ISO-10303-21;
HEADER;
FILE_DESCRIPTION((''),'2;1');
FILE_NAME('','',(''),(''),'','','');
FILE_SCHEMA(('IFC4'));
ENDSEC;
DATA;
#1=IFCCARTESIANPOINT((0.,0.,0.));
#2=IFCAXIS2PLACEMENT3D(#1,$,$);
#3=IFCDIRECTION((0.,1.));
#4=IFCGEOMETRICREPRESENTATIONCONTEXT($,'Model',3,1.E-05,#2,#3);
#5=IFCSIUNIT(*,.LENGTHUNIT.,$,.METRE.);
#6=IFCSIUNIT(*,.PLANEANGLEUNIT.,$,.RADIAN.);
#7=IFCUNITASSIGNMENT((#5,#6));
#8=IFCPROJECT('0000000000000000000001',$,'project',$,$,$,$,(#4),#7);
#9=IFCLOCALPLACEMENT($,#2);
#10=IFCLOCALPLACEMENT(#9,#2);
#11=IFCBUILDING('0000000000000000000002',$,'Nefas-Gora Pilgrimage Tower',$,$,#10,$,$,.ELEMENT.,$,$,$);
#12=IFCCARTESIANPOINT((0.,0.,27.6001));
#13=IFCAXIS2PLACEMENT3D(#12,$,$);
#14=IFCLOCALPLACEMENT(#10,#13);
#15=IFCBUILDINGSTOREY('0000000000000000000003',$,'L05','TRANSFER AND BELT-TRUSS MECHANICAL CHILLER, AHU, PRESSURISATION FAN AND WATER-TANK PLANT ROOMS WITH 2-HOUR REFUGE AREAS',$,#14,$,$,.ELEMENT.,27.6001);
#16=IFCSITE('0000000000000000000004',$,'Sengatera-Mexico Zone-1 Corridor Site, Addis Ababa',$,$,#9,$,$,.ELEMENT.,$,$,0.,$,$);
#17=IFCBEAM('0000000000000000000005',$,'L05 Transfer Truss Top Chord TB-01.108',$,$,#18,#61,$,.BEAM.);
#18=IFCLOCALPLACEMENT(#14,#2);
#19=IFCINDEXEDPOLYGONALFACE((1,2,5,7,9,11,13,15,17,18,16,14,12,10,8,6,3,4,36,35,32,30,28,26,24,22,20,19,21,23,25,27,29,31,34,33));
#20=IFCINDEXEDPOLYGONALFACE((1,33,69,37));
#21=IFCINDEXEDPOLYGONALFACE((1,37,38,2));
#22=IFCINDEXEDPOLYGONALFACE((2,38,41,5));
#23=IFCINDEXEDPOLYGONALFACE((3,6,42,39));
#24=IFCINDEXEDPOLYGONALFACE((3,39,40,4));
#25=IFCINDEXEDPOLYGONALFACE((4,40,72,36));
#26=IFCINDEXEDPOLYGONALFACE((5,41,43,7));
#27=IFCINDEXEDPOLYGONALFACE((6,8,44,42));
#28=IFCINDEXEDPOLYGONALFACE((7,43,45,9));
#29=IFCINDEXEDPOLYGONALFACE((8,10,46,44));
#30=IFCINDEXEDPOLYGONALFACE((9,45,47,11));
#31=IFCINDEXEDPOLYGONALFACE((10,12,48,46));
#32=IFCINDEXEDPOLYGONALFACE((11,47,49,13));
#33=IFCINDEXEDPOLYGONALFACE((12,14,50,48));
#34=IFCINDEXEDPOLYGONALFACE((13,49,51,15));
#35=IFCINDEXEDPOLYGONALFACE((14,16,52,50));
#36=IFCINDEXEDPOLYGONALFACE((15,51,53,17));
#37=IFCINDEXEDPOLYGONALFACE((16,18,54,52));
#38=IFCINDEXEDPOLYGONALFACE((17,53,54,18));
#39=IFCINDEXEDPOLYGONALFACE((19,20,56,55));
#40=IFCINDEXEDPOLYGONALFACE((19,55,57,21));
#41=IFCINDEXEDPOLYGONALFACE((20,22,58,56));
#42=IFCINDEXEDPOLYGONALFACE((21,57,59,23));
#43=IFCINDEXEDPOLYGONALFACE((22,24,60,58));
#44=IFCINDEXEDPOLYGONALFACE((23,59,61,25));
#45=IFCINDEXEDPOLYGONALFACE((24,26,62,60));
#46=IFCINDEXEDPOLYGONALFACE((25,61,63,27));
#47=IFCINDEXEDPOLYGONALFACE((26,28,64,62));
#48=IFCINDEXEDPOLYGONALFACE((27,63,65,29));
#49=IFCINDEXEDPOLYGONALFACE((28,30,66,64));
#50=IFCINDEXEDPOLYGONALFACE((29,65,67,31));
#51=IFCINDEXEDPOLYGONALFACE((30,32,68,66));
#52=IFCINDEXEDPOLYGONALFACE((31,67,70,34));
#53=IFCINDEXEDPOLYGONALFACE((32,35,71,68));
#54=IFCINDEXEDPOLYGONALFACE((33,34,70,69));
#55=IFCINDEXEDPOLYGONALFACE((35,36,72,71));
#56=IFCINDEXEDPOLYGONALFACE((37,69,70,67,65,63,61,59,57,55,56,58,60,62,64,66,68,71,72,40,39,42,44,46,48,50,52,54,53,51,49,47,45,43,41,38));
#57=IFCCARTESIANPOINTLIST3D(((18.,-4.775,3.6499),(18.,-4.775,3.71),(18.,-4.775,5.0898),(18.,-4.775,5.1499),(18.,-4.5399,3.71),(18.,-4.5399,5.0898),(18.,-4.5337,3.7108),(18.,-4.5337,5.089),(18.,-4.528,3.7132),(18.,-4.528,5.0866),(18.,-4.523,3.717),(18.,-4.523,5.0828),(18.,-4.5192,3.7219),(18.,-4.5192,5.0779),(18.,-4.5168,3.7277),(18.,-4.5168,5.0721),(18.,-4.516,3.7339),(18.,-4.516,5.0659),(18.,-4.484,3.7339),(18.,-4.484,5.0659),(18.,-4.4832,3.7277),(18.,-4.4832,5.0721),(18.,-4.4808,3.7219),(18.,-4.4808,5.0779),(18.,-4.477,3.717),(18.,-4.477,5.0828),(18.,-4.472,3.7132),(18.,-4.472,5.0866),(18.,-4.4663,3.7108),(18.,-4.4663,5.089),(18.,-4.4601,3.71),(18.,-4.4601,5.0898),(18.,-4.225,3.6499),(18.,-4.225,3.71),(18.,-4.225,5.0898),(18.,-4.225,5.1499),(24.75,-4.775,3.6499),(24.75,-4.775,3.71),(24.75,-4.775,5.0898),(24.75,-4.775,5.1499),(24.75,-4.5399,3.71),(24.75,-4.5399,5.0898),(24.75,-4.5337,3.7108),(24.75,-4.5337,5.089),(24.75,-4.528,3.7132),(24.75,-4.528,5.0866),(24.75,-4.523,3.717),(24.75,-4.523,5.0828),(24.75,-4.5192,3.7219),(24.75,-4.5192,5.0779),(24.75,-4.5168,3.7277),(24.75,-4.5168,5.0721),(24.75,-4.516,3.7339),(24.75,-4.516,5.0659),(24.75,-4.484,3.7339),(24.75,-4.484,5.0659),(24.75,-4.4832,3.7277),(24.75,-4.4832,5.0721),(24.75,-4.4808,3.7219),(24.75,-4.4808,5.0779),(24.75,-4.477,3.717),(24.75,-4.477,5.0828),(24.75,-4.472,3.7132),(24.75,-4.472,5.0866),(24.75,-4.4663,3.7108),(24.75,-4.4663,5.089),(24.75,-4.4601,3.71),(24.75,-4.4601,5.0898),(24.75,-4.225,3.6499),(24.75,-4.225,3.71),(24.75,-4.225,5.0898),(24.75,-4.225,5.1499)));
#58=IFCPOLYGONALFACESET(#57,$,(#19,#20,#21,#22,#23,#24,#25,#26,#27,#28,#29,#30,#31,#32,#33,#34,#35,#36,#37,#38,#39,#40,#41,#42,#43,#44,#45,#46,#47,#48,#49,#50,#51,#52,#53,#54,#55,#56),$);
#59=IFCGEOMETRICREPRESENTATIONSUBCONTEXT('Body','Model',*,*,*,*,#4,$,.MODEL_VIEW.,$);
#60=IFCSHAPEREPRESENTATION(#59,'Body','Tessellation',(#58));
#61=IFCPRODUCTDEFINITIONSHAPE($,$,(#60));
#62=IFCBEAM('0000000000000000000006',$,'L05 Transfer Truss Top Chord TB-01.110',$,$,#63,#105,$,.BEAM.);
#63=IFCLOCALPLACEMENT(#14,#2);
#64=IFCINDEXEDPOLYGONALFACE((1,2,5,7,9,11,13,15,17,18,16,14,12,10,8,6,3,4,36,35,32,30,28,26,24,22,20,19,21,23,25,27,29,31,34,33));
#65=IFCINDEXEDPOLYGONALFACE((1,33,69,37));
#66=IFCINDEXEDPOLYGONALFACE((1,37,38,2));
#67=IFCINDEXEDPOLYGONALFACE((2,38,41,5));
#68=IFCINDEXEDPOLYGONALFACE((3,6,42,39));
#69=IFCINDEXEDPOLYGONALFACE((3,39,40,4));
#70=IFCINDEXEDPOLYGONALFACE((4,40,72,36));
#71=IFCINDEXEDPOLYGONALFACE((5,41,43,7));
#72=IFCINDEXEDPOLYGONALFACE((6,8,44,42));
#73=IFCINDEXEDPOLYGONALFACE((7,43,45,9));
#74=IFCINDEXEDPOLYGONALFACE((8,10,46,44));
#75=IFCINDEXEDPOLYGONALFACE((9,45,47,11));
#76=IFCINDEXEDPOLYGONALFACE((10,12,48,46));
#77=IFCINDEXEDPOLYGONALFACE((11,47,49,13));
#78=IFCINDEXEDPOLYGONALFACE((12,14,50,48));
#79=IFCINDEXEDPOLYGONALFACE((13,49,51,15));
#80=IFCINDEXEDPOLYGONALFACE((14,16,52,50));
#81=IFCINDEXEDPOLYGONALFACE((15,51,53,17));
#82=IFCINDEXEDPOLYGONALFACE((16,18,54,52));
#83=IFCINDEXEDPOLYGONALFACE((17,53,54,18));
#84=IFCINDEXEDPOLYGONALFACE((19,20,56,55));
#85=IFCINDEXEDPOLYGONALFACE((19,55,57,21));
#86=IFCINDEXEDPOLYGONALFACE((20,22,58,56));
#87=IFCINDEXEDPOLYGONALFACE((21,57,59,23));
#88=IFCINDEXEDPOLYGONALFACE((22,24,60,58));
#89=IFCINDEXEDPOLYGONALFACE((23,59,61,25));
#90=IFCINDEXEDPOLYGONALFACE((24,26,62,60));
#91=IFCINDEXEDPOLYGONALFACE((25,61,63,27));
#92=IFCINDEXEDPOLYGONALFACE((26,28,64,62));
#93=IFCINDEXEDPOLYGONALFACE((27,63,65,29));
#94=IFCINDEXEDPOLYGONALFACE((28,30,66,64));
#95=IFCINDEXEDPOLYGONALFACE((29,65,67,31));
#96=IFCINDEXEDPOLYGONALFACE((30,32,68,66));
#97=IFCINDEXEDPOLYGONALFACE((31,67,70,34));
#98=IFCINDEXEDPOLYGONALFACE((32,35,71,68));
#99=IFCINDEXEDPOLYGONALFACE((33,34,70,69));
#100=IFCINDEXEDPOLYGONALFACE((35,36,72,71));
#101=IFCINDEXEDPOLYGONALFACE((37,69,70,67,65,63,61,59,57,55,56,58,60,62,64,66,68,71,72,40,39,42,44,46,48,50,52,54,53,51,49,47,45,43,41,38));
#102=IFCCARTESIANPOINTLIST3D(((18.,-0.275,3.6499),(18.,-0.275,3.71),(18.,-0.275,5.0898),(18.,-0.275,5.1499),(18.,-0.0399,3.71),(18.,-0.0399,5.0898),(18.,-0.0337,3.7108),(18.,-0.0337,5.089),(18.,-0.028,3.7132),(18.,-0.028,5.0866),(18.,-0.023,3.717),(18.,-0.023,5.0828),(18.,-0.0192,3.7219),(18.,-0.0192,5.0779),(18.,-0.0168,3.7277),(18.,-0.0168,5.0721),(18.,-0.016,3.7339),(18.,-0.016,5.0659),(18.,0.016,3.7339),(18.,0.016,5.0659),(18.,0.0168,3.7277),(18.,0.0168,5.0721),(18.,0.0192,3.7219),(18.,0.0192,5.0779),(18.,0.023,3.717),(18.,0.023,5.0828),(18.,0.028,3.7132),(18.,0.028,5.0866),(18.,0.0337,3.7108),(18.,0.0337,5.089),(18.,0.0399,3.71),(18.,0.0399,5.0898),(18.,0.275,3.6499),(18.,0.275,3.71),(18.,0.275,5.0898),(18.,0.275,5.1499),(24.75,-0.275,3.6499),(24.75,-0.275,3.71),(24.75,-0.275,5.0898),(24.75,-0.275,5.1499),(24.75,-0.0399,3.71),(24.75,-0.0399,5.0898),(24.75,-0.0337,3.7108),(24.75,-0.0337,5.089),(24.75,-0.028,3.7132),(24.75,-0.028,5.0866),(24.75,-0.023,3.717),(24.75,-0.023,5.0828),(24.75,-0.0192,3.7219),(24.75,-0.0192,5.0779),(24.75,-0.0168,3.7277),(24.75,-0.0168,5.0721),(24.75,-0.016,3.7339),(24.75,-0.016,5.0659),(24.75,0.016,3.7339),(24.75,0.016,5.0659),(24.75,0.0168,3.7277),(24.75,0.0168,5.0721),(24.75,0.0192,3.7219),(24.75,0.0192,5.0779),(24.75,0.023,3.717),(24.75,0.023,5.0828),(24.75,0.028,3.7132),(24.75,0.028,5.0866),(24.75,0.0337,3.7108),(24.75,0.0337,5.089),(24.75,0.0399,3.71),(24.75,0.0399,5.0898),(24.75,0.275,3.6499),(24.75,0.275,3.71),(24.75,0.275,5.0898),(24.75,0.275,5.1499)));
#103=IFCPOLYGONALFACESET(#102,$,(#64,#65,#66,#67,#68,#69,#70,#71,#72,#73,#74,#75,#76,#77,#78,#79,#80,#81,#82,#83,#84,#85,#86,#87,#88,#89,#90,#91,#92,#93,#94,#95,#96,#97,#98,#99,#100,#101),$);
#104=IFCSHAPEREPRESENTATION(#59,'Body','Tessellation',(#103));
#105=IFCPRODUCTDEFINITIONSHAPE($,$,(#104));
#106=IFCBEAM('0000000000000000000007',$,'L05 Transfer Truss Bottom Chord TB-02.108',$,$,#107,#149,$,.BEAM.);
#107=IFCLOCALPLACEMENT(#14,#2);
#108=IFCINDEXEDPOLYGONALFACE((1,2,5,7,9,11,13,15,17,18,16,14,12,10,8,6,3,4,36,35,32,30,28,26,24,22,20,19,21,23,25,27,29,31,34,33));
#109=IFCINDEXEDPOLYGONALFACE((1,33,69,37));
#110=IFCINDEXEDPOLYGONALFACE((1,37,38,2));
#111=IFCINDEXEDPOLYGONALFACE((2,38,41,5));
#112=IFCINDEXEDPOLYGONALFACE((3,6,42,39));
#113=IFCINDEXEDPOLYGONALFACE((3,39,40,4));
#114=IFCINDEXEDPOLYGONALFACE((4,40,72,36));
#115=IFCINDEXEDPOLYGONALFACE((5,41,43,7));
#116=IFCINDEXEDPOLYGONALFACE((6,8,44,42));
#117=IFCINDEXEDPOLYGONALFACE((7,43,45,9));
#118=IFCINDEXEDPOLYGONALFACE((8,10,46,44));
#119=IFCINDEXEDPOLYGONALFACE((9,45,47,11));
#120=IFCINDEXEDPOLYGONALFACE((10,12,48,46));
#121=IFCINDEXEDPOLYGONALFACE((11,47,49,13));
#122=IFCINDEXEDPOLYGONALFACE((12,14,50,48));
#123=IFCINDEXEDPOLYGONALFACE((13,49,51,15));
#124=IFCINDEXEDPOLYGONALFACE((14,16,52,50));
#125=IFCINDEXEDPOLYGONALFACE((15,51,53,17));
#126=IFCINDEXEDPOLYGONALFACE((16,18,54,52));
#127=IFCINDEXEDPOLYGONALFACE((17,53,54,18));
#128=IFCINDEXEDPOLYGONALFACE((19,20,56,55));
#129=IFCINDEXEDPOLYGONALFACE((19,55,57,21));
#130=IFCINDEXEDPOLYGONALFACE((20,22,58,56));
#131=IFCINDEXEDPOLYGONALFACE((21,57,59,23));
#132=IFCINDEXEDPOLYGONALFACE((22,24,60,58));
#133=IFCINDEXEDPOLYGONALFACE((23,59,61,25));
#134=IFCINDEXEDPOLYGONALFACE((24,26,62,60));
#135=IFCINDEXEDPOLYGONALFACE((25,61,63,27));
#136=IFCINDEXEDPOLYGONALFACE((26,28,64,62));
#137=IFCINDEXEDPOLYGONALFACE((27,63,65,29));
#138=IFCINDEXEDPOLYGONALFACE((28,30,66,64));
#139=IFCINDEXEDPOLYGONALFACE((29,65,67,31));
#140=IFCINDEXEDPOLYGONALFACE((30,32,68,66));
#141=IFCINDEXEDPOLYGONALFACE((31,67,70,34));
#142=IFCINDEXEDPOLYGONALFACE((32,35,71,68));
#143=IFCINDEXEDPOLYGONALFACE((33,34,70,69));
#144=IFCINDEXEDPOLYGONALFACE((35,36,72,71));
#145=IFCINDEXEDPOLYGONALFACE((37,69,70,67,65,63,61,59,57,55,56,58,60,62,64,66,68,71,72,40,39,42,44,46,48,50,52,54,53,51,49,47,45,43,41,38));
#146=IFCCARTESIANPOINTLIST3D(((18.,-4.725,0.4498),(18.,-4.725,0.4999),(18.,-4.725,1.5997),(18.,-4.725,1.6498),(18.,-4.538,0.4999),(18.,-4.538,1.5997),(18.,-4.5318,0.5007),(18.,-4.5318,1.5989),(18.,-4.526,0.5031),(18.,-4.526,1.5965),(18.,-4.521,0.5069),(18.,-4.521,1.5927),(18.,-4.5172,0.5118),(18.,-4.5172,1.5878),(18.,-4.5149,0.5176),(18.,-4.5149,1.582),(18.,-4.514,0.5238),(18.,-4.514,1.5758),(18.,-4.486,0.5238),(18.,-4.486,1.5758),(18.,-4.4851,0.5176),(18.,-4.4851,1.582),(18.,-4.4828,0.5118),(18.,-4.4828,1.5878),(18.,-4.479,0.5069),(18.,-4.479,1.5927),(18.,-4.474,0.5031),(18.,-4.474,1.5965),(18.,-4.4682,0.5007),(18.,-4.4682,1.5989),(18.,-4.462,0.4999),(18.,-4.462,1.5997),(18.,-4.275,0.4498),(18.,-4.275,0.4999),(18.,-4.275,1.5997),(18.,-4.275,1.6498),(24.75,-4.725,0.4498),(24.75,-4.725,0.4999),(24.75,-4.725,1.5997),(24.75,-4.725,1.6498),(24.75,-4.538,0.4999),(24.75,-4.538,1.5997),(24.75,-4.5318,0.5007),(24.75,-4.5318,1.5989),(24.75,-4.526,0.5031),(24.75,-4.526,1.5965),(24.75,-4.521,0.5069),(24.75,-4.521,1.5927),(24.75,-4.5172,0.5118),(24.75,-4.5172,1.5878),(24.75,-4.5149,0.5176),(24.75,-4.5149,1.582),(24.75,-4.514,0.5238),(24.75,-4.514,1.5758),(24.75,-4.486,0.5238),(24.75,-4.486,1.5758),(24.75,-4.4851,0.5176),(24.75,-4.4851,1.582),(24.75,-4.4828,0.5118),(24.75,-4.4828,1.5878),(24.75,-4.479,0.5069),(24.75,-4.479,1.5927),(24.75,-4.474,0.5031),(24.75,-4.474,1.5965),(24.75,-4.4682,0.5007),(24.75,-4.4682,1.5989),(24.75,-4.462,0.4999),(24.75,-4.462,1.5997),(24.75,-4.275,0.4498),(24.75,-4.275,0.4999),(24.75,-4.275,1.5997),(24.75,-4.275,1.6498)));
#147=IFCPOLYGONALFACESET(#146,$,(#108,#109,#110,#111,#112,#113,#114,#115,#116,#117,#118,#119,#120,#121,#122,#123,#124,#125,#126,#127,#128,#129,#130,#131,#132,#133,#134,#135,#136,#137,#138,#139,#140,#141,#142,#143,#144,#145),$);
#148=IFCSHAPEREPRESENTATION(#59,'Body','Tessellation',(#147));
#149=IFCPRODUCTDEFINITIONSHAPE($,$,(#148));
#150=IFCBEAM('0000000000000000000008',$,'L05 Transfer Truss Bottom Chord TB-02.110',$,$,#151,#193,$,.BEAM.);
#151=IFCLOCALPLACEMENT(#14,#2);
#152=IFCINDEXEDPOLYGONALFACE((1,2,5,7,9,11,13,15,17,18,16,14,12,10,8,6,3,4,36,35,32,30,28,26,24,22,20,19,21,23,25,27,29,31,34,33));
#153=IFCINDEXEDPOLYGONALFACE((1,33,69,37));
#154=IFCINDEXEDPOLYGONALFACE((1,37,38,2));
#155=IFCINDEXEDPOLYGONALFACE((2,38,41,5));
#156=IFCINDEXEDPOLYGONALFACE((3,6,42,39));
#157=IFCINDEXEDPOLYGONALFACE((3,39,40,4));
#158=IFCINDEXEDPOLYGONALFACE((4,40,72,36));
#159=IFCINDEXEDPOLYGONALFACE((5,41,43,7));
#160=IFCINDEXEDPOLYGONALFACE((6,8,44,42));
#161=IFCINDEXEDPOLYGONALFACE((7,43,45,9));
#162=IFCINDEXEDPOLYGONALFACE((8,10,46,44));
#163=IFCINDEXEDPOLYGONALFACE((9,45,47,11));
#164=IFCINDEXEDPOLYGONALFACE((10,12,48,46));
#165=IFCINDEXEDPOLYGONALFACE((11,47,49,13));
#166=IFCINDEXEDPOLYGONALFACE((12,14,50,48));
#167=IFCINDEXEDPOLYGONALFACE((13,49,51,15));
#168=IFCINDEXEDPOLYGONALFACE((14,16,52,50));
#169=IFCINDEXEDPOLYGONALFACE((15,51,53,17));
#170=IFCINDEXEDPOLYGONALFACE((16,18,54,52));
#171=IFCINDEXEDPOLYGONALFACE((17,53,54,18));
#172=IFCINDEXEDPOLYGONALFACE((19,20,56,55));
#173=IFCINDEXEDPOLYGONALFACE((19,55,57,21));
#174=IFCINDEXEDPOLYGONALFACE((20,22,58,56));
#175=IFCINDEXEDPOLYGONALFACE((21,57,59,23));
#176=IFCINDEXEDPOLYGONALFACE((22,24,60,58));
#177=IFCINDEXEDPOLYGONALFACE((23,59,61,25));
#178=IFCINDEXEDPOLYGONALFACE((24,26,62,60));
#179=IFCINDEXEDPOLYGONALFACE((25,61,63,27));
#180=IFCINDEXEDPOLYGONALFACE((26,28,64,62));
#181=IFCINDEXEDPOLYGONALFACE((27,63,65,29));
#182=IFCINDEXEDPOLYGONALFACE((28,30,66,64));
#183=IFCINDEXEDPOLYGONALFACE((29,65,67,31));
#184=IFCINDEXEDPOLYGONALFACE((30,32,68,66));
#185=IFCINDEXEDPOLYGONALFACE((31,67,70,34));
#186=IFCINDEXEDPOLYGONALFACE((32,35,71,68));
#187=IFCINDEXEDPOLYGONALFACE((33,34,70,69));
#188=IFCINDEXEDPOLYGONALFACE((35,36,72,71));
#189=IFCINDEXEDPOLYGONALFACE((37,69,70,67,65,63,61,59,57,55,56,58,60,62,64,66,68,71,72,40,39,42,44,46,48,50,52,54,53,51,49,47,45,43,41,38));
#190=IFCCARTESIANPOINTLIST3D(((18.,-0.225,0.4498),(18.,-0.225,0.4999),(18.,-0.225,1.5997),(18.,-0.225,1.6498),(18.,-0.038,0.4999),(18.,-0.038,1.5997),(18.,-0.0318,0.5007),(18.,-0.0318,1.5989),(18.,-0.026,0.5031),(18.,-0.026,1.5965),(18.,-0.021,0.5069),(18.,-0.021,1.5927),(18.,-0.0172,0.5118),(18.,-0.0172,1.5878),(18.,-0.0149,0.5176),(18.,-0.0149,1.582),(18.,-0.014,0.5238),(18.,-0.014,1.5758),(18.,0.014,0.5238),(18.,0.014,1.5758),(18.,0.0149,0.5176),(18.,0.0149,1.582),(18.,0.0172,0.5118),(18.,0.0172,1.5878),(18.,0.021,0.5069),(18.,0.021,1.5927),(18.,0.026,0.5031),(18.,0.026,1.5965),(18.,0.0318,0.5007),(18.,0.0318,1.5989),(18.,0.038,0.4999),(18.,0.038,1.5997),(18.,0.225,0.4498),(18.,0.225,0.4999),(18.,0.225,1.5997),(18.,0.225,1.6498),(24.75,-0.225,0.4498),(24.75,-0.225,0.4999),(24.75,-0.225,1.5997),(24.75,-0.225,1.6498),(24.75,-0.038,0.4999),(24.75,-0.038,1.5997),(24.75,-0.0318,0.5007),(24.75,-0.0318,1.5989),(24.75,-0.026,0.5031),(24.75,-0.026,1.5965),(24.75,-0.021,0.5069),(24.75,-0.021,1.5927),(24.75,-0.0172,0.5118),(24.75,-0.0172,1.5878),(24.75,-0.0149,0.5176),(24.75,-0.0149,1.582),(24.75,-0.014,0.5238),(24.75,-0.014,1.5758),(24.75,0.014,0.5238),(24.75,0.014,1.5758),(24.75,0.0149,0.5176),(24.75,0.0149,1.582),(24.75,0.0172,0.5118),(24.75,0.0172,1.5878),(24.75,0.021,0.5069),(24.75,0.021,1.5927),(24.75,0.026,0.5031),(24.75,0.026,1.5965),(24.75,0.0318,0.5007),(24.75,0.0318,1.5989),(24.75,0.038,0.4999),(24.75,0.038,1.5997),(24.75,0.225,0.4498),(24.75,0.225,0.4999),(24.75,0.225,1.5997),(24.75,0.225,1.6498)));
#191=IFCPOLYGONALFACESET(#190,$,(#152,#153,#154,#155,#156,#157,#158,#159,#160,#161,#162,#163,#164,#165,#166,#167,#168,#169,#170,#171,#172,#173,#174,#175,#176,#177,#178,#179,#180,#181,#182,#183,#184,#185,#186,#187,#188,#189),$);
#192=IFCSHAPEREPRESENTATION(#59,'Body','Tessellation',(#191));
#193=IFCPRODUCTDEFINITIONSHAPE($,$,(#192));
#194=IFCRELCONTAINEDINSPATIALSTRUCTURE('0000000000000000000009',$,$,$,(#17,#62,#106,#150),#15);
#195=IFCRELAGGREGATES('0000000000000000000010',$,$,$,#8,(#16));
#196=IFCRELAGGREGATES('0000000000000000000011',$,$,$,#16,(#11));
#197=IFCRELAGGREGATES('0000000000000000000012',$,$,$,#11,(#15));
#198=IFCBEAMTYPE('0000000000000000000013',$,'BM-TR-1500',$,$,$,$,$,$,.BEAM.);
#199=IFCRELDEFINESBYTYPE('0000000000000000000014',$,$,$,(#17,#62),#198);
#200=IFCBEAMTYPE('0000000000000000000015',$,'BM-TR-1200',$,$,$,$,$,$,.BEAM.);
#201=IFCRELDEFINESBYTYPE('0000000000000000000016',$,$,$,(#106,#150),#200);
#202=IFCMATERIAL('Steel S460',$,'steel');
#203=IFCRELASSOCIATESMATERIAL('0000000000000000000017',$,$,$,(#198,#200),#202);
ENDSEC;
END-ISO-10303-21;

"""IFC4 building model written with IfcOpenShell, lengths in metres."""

from ifc_helpers import new_model, si_unit, direction, frame, origin, origin_2d, place, context, subcontext, project, spatial, i_section, extrude, source, transform, mapped, material, material_profile, profile_set, type_object, element, save


model = new_model("IFC4")

# Units and contexts
model_context = context("Model", 3, precision=1e-05, world=origin(), true_north=direction((0.0, 1.0)))
body_context = subcontext(model_context, "Body", "Model", "MODEL_VIEW")
ifc_project = project(units=[si_unit("LENGTHUNIT", "METRE"), si_unit("PLANEANGLEUNIT", "RADIAN")], contexts=[model_context])

# Site, building, storey
site_placement = place(None, origin())
site = spatial("IfcSite", under=ifc_project, at=site_placement, Name="Sengatera-Mexico Zone-1 Corridor Site, Addis Ababa", CompositionType="ELEMENT", RefElevation=0.0)
building_placement = place(site_placement, origin())
building = spatial("IfcBuilding", under=site, at=building_placement, Name="Nefas-Gora Pilgrimage Tower", CompositionType="ELEMENT")
storey_placement = place(building_placement, frame((0.0, 0.0, 27.6001)))
storey = spatial("IfcBuildingStorey", under=building, at=storey_placement, Name="L05", Description="TRANSFER AND BELT-TRUSS MECHANICAL CHILLER, AHU, PRESSURISATION FAN AND WATER-TANK PLANT ROOMS WITH 2-HOUR REFUGE AREAS", CompositionType="ELEMENT", Elevation=27.6001)

# Shared definitions
ifc_material_1 = material(Name="Steel S460", Category="steel")

# Shared definitions
ifc_material_profile_1 = material_profile(ifc_material_1, i_section(OverallWidth=0.55, OverallDepth=1.5, WebThickness=0.032, FlangeThickness=0.0601, FilletRadius=0.0239, at=origin_2d()), Name="WPG 1500x550x32x60")
ifc_profile_set_1 = profile_set([ifc_material_profile_1], Name="Steel S460")
beam_type_1 = type_object("IfcBeamType", Name="BM-TR-1500", PredefinedType="BEAM", material=ifc_profile_set_1)
ifc_material_profile_2 = material_profile(ifc_material_1, i_section(OverallWidth=0.45, OverallDepth=1.2, WebThickness=0.0281, FlangeThickness=0.05, FilletRadius=0.0239, at=origin_2d()), Name="WPG 1200x450x28x50")
ifc_profile_set_2 = profile_set([ifc_material_profile_2], Name="Steel S460")
beam_type_2 = type_object("IfcBeamType", Name="BM-TR-1200", PredefinedType="BEAM", material=ifc_profile_set_2)

# Beams
shared_shape_1 = source(origin(), body_context, "Body", "SweptSolid", [
    extrude(i_section(OverallWidth=0.55, OverallDepth=1.5, WebThickness=0.032, FlangeThickness=0.0601, FilletRadius=0.0239, at=origin_2d()), origin(), (0.0, 0.0, 1.0), 6.75),
])
for number, where, z_axis, x_axis, name in (
    (1, (18.0, -4.5, 4.3999), (1.0, 0.0, 0.0), (0.0, 1.0, 0.0), "L05 Transfer Truss Top Chord TB-01.108"),
    (2, (18.0, 0.0, 4.3999), (1.0, 0.0, 0.0), (0.0, 1.0, 0.0), "L05 Transfer Truss Top Chord TB-01.110"),
):
    element("IfcBeam", number, at=place(storey_placement, frame(where, z_axis=z_axis, x_axis=x_axis)), inside=storey, type_object=beam_type_1, Name=name, PredefinedType="BEAM", context=body_context, shape_type="MappedRepresentation", body=[
        mapped(shared_shape_1, transform((0.0, 0.0, 0.0), x_axis=(1.0, 0.0, 0.0), y_axis=(0.0, 1.0, 0.0), z_axis=(0.0, 0.0, 1.0), scale=1.0)),
    ])
shared_shape_2 = source(origin(), body_context, "Body", "SweptSolid", [
    extrude(i_section(OverallWidth=0.45, OverallDepth=1.2, WebThickness=0.0281, FlangeThickness=0.05, FilletRadius=0.0239, at=origin_2d()), origin(), (0.0, 0.0, 1.0), 6.75),
])
for number, where, z_axis, x_axis, name in (
    (3, (18.0, -4.5, 1.0498), (1.0, 0.0, 0.0), (0.0, 1.0, 0.0), "L05 Transfer Truss Bottom Chord TB-02.108"),
    (4, (18.0, 0.0, 1.0498), (1.0, 0.0, 0.0), (0.0, 1.0, 0.0), "L05 Transfer Truss Bottom Chord TB-02.110"),
):
    element("IfcBeam", number, at=place(storey_placement, frame(where, z_axis=z_axis, x_axis=x_axis)), inside=storey, type_object=beam_type_2, Name=name, PredefinedType="BEAM", context=body_context, shape_type="MappedRepresentation", body=[
        mapped(shared_shape_2, transform((0.0, 0.0, 0.0), x_axis=(1.0, 0.0, 0.0), y_axis=(0.0, 1.0, 0.0), z_axis=(0.0, 0.0, 1.0), scale=1.0)),
    ])

save(model, "model.ifc")
